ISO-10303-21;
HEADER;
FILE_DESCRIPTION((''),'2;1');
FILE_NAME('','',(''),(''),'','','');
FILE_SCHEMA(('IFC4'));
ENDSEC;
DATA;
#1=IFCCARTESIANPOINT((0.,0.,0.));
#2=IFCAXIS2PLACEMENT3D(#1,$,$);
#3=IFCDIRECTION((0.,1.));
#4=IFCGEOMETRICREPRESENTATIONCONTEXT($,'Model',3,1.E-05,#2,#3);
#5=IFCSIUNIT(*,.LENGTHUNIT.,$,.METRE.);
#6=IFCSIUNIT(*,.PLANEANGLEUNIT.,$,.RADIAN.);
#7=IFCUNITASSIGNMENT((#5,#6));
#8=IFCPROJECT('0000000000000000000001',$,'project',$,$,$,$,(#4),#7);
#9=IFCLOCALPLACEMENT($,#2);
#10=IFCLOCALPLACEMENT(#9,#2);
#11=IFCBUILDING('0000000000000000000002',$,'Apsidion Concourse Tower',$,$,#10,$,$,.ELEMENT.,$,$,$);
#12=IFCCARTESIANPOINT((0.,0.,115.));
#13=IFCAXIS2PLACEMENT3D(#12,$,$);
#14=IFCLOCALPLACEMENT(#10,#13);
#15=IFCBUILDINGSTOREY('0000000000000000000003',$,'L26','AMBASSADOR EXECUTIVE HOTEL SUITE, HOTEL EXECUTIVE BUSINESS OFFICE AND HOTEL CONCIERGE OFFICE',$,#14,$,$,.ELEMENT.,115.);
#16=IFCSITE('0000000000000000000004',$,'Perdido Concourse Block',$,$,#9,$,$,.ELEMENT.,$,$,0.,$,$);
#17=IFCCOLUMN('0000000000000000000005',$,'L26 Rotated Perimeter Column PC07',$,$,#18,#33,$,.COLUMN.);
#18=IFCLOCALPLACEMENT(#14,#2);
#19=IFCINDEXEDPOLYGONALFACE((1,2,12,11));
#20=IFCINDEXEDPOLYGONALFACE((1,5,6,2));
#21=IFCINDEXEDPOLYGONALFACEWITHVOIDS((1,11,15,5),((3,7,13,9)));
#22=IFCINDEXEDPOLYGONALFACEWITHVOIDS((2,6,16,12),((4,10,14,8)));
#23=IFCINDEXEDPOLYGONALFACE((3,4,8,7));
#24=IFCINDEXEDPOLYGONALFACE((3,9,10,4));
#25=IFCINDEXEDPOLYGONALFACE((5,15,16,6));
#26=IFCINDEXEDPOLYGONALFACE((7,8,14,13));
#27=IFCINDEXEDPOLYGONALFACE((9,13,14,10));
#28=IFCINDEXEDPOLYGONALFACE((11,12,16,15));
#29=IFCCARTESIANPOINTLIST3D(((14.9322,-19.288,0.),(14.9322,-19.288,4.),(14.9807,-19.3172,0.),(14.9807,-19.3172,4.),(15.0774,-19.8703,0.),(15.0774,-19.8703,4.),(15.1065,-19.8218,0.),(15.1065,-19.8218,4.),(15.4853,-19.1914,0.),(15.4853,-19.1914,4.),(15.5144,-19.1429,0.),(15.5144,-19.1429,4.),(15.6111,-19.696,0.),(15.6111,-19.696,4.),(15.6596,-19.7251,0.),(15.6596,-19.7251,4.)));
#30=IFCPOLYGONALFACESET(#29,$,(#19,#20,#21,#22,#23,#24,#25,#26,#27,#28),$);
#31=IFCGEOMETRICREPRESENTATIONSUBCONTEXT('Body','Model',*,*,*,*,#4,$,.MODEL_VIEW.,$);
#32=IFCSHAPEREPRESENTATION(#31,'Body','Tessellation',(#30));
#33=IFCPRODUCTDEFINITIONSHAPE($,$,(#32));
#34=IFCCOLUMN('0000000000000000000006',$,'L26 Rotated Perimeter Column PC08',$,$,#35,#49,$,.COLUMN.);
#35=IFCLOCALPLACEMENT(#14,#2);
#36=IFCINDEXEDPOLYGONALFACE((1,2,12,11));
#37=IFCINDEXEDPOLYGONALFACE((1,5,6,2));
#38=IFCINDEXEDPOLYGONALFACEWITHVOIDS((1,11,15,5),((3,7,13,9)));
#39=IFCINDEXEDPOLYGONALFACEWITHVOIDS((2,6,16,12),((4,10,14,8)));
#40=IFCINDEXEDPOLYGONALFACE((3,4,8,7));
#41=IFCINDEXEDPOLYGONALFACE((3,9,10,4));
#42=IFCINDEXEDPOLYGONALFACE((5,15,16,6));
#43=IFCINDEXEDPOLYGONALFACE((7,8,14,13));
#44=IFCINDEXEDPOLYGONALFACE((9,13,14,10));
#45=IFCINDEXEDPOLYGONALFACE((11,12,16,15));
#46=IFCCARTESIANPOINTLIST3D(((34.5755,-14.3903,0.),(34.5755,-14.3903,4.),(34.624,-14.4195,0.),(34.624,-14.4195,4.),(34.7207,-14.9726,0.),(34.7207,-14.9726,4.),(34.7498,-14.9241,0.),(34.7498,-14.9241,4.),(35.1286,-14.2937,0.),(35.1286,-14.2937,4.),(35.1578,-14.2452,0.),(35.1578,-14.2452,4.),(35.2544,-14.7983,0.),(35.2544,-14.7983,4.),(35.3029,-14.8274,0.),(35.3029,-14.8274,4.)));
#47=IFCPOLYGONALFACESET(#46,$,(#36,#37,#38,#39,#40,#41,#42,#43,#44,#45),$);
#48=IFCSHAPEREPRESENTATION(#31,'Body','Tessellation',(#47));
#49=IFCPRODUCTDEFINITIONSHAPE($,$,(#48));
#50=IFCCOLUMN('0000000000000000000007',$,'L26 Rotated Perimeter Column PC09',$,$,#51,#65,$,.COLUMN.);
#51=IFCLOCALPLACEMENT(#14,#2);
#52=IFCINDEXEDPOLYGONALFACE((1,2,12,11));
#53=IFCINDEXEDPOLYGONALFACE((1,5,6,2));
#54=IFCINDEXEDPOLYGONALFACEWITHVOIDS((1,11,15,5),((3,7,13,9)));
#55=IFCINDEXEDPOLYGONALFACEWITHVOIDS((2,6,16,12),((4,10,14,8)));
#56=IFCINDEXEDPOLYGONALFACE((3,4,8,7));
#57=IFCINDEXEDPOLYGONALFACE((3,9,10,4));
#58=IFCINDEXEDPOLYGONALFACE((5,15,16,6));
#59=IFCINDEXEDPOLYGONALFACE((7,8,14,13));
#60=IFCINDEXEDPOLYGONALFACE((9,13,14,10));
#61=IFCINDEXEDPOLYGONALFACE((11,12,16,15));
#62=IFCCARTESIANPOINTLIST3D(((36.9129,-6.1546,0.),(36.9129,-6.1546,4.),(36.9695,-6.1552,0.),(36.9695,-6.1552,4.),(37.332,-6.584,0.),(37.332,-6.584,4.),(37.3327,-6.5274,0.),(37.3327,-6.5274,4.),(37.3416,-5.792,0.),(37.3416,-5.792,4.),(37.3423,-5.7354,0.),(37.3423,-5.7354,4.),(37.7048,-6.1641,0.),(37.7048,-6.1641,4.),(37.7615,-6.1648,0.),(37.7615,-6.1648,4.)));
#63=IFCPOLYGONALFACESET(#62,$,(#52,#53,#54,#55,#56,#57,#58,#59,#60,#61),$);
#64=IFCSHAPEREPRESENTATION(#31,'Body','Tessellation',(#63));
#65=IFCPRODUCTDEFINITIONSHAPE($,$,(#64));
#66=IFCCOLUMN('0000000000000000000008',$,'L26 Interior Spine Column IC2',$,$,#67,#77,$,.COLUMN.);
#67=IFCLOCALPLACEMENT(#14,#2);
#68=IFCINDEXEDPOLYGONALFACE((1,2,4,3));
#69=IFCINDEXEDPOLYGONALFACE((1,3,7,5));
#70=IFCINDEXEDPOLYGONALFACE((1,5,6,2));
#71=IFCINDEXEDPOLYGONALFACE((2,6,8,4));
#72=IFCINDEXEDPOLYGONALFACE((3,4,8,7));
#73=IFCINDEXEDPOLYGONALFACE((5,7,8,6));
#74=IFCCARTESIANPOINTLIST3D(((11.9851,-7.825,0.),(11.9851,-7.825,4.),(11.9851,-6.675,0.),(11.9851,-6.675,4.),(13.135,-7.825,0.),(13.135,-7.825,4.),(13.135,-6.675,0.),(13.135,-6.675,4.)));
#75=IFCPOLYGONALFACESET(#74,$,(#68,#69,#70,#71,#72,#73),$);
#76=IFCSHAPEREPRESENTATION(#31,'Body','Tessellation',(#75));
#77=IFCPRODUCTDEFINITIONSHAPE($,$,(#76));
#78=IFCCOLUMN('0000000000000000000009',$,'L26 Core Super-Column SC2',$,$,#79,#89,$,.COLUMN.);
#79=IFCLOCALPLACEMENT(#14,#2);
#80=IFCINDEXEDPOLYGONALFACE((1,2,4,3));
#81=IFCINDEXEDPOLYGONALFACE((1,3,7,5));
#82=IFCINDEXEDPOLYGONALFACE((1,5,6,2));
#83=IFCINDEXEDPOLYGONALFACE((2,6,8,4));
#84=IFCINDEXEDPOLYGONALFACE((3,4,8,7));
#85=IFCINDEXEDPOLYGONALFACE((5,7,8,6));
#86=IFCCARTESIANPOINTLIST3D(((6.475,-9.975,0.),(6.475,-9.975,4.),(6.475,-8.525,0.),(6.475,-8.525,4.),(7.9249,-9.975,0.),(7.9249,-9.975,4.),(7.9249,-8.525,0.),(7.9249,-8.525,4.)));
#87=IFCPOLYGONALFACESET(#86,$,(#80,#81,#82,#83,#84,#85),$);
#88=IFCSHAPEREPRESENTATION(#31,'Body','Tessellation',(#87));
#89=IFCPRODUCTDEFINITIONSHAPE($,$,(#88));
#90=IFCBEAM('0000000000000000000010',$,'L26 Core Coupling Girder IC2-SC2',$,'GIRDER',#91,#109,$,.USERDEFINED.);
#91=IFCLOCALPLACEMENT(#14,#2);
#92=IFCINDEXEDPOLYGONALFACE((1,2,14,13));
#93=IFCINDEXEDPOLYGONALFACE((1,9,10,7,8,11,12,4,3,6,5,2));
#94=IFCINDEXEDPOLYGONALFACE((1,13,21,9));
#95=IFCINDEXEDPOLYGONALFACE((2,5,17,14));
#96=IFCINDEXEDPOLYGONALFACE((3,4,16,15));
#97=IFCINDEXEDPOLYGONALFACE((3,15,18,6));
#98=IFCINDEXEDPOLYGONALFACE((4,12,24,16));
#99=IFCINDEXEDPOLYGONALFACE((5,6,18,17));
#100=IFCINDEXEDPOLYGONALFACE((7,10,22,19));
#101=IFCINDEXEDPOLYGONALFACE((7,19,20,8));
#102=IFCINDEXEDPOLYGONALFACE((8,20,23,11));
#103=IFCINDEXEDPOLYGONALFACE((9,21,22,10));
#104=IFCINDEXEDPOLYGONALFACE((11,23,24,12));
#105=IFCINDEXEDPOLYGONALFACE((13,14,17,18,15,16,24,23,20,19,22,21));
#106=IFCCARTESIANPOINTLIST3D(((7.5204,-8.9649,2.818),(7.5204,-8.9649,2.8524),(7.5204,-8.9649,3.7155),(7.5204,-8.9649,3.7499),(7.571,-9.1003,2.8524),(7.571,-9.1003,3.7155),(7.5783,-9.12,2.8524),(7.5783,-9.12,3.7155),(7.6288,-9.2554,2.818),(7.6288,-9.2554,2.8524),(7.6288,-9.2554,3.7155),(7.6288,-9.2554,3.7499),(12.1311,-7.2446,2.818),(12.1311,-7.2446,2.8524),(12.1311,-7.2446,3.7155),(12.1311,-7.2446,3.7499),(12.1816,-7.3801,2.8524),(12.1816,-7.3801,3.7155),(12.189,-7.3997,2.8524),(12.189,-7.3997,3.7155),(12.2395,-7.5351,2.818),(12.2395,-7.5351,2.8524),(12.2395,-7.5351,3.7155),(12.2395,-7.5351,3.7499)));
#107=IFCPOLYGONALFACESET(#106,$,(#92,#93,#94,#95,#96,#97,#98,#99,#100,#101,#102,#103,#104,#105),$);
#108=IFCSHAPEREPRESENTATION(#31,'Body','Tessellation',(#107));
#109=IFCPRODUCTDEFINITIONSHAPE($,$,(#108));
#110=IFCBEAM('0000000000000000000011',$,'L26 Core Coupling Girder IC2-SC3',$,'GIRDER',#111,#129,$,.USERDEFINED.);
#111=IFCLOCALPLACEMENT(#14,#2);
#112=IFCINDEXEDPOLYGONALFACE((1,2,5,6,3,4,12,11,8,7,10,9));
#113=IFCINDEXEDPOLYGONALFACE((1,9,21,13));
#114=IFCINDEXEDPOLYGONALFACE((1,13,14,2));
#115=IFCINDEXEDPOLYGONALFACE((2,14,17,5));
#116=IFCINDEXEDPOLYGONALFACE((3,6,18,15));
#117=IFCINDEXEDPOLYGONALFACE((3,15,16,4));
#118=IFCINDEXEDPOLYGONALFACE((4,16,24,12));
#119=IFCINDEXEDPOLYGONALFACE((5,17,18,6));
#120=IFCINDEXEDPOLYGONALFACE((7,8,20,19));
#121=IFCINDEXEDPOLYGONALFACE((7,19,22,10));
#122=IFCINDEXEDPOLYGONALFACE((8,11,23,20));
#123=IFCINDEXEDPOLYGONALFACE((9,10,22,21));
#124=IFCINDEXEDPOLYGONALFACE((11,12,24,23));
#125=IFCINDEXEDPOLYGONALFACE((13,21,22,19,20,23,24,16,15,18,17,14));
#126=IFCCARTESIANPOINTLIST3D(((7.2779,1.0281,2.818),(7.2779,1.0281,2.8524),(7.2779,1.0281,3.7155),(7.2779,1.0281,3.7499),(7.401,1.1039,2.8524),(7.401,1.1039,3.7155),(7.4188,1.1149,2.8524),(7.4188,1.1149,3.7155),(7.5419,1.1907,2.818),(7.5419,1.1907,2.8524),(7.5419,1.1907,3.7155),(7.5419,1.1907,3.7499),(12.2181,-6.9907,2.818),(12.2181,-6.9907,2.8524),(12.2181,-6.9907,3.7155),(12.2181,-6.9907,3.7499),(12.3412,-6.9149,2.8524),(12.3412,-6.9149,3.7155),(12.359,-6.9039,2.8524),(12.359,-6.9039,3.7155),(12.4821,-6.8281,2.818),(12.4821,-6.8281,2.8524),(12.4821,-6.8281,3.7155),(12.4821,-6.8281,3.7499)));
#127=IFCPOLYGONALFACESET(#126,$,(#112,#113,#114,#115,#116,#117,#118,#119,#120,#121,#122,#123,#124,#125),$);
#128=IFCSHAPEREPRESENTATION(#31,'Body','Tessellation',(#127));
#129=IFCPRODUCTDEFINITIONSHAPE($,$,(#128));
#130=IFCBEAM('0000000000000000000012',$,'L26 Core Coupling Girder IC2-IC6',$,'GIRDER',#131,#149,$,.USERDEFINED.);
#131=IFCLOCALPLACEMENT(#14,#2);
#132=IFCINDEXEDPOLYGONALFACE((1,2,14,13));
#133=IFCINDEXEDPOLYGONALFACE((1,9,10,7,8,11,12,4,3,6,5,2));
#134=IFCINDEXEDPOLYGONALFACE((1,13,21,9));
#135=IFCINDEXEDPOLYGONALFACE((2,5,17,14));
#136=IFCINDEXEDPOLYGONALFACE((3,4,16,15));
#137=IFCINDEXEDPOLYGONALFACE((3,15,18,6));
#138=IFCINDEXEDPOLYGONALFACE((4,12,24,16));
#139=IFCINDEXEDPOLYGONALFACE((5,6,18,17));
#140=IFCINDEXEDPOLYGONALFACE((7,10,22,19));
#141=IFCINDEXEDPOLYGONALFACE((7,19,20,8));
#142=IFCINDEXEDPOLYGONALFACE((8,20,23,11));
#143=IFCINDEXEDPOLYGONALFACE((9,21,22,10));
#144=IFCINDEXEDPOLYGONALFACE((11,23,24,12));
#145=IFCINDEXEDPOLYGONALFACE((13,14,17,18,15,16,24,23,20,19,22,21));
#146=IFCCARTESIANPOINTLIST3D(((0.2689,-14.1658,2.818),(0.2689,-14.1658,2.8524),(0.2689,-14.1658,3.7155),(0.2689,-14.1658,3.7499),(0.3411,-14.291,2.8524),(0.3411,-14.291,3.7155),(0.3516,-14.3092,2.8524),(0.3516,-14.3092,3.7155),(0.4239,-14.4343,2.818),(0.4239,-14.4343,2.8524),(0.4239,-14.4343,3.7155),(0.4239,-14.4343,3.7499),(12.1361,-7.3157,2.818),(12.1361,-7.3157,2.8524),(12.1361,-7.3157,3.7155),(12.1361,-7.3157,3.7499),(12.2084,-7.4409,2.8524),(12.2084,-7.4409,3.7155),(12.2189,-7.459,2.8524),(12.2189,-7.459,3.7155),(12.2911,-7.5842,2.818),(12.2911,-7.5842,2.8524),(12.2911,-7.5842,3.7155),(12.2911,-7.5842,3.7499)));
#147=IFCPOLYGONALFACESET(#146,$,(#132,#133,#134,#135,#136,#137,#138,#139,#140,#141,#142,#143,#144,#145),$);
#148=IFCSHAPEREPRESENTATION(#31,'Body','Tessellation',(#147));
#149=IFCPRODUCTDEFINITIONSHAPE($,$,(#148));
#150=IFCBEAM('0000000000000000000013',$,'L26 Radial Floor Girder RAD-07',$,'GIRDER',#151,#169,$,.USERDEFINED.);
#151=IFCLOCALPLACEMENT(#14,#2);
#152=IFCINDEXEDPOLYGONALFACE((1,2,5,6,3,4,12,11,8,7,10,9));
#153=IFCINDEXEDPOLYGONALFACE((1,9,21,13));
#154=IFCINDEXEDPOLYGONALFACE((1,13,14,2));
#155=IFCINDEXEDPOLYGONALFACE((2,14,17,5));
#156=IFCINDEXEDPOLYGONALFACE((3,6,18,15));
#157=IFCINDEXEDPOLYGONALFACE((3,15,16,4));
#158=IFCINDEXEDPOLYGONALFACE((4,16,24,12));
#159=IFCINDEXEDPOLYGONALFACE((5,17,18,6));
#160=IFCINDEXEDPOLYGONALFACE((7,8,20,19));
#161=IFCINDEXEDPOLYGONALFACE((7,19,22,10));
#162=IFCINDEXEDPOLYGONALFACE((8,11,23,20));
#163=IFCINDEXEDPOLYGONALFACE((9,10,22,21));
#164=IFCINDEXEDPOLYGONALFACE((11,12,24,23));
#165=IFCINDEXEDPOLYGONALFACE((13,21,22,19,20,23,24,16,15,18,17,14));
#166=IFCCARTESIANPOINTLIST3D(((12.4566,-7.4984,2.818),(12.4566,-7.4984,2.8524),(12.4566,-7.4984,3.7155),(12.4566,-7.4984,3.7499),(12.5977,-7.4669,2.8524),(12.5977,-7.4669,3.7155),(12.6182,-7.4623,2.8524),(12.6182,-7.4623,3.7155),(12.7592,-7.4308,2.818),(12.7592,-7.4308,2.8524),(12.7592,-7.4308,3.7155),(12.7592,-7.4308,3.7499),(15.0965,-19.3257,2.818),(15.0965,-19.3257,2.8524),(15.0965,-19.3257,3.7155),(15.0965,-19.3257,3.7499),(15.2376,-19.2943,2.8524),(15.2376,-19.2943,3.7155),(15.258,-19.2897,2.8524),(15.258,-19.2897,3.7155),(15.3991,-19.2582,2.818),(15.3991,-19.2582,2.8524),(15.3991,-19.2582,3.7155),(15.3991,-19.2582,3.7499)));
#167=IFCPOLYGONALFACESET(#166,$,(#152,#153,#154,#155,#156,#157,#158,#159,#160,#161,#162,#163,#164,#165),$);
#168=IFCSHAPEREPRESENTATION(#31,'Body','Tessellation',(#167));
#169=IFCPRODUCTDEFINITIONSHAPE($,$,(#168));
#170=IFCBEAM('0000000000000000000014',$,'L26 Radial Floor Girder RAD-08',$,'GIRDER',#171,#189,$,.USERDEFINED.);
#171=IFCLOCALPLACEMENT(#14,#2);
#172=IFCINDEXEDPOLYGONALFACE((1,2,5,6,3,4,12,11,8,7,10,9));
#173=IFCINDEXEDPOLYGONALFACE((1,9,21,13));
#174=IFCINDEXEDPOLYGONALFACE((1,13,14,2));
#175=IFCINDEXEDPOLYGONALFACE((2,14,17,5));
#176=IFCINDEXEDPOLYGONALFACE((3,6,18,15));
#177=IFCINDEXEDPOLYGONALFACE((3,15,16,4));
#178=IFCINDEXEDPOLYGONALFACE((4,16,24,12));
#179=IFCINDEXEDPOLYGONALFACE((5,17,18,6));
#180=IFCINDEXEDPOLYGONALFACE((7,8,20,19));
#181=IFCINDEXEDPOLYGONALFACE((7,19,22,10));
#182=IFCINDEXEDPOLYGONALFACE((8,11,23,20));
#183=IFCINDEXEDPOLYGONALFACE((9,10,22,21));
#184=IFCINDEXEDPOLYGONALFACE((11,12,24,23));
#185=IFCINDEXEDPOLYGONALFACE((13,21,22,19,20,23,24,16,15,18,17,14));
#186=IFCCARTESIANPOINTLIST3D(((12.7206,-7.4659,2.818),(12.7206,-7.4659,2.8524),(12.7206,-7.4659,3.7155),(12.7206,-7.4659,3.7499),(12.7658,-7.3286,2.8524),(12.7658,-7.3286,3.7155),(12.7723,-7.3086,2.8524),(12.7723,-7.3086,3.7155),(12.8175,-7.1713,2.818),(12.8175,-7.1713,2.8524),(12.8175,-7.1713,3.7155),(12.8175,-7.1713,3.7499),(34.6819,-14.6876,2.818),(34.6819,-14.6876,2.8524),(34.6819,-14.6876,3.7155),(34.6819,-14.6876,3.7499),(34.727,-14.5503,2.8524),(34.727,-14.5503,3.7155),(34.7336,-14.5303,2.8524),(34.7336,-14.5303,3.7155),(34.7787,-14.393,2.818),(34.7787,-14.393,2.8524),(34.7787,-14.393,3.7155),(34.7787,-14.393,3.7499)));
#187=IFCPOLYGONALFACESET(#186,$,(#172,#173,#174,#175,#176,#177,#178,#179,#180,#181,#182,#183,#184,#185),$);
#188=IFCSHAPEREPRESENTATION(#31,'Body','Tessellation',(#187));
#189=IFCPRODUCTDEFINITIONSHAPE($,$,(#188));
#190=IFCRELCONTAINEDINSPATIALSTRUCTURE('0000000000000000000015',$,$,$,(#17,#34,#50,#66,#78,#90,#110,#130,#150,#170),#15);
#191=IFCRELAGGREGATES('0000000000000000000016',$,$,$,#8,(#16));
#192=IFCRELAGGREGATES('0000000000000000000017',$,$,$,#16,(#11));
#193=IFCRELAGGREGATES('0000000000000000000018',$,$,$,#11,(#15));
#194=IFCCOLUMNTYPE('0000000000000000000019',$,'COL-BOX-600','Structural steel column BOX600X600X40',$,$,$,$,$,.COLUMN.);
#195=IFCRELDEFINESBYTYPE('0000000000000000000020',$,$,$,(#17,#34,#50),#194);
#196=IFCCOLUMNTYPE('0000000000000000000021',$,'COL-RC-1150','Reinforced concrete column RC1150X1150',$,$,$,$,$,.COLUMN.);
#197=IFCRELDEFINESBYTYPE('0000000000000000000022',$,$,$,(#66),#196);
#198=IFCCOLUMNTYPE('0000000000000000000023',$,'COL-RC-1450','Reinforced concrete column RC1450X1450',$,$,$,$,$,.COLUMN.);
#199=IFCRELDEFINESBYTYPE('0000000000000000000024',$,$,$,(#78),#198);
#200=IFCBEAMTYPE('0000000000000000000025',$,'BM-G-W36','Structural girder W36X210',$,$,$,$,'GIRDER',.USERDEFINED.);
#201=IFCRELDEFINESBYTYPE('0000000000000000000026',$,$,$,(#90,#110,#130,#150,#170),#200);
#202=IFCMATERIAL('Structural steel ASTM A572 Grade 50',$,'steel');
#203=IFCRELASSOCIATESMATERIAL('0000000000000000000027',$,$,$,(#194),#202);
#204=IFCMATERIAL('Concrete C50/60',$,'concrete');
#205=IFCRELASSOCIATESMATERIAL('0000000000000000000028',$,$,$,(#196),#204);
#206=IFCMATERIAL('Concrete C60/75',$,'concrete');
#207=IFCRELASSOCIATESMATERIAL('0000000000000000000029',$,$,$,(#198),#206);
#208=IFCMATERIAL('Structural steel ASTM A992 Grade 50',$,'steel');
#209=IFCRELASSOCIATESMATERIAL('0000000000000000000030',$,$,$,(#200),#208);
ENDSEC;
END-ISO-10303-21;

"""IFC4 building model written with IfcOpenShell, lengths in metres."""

from ifc_helpers import new_model, si_unit, direction, frame, origin, origin_2d, place, context, subcontext, project, spatial, rectangle, hollow_rectangle, i_section, extrude, material, material_profile, profile_set, type_object, element, save


model = new_model("IFC4")

# Units and contexts
model_context = context("Model", 3, precision=1e-05, world=origin(), true_north=direction((0.0, 1.0)))
body_context = subcontext(model_context, "Body", "Model", "MODEL_VIEW")
ifc_project = project(units=[si_unit("LENGTHUNIT", "METRE"), si_unit("PLANEANGLEUNIT", "RADIAN")], contexts=[model_context])

# Site, building, storey
site_placement = place(None, origin())
site = spatial("IfcSite", under=ifc_project, at=site_placement, Name="Perdido Concourse Block", CompositionType="ELEMENT", RefElevation=0.0)
building_placement = place(site_placement, origin())
building = spatial("IfcBuilding", under=site, at=building_placement, Name="Apsidion Concourse Tower", CompositionType="ELEMENT")
storey_placement = place(building_placement, frame((0.0, 0.0, 115.0)))
storey = spatial("IfcBuildingStorey", under=building, at=storey_placement, Name="L26", Description="AMBASSADOR EXECUTIVE HOTEL SUITE, HOTEL EXECUTIVE BUSINESS OFFICE AND HOTEL CONCIERGE OFFICE", CompositionType="ELEMENT", Elevation=115.0)

# Columns
ifc_material_1 = material(Name="Structural steel ASTM A572 Grade 50", Category="steel")
ifc_material_profile_1 = material_profile(ifc_material_1, hollow_rectangle(XDim=0.6001, YDim=0.6001, WallThickness=0.04, at=origin_2d()), Name="BOX600X600X40")
ifc_profile_set_1 = profile_set([ifc_material_profile_1], Name="Structural steel ASTM A572 Grade 50")
column_type_1 = type_object("IfcColumnType", Name="COL-BOX-600", Description="Structural steel column BOX600X600X40", PredefinedType="COLUMN", material=ifc_profile_set_1)
for number, where, z_axis, x_axis, name in (
    (1, (15.2959, -19.5066, 0.0), (0.0, 0.0, 1.0), (0.970296, 0.241922, 0.0), "L26 Rotated Perimeter Column PC07"),
    (2, (34.9392, -14.6089, 0.0), (0.0, 0.0, 1.0), (0.970296, 0.241922, 0.0), "L26 Rotated Perimeter Column PC08"),
    (3, (37.3372, -6.1597, 0.0), (0.0, 0.0, 1.0), (-0.69854, 0.715571, 0.0), "L26 Rotated Perimeter Column PC09"),
):
    element("IfcColumn", number, at=place(storey_placement, frame(where, z_axis=z_axis, x_axis=x_axis)), inside=storey, type_object=column_type_1, Name=name, PredefinedType="COLUMN", context=body_context, shape_type="SweptSolid", body=[
        extrude(hollow_rectangle(XDim=0.6001, YDim=0.6001, WallThickness=0.04, at=origin_2d()), origin(), (0.0, 0.0, 1.0), 4.0),
    ])
ifc_material_2 = material(Name="Concrete C50/60", Category="concrete")
ifc_material_profile_2 = material_profile(ifc_material_2, rectangle(XDim=1.1499, YDim=1.1499, at=origin_2d()), Name="RC 1150x1150")
ifc_profile_set_2 = profile_set([ifc_material_profile_2], Name="Concrete C50/60")
column_type_2 = type_object("IfcColumnType", Name="COL-RC-1150", Description="Reinforced concrete column RC1150X1150", PredefinedType="COLUMN", material=ifc_profile_set_2)
column_1_placement = place(storey_placement, frame((12.5601, -7.25, 0.0), z_axis=(0.0, 0.0, 1.0), x_axis=(1.0, 0.0, 0.0)))
element("IfcColumn", 4, at=column_1_placement, inside=storey, type_object=column_type_2, Name="L26 Interior Spine Column IC2", PredefinedType="COLUMN", context=body_context, shape_type="SweptSolid", body=[
    extrude(rectangle(XDim=1.1499, YDim=1.1499, at=origin_2d()), origin(), (0.0, 0.0, 1.0), 4.0),
])
ifc_material_3 = material(Name="Concrete C60/75", Category="concrete")
ifc_material_profile_3 = material_profile(ifc_material_3, rectangle(XDim=1.45, YDim=1.45, at=origin_2d()), Name="RC 1450x1450")
ifc_profile_set_3 = profile_set([ifc_material_profile_3], Name="Concrete C60/75")
column_type_3 = type_object("IfcColumnType", Name="COL-RC-1450", Description="Reinforced concrete column RC1450X1450", PredefinedType="COLUMN", material=ifc_profile_set_3)
column_2_placement = place(storey_placement, frame((7.2, -9.25, 0.0), z_axis=(0.0, 0.0, 1.0), x_axis=(1.0, 0.0, 0.0)))
element("IfcColumn", 5, at=column_2_placement, inside=storey, type_object=column_type_3, Name="L26 Core Super-Column SC2", PredefinedType="COLUMN", context=body_context, shape_type="SweptSolid", body=[
    extrude(rectangle(XDim=1.45, YDim=1.45, at=origin_2d()), origin(), (0.0, 0.0, 1.0), 4.0),
])

# Beams
ifc_material_4 = material(Name="Structural steel ASTM A992 Grade 50", Category="steel")
ifc_material_profile_4 = material_profile(ifc_material_4, i_section(OverallWidth=0.3101, OverallDepth=0.9319, WebThickness=0.021, FlangeThickness=0.0344, at=origin_2d()), Name="W36X210")
ifc_profile_set_4 = profile_set([ifc_material_profile_4], Name="Structural steel ASTM A992 Grade 50")
beam_type_1 = type_object("IfcBeamType", Name="BM-G-W36", Description="Structural girder W36X210", ElementType="GIRDER", PredefinedType="USERDEFINED", material=ifc_profile_set_4)
beam_1_placement = place(storey_placement, frame((12.1853, -7.3899, 3.2839), z_axis=(-0.936913, -0.349563, 0.0), x_axis=(0.349563, -0.936913, 0.0)))
element("IfcBeam", 6, at=beam_1_placement, inside=storey, type_object=beam_type_1, Name="L26 Core Coupling Girder IC2-SC2", ObjectType="GIRDER", PredefinedType="USERDEFINED", context=body_context, shape_type="SweptSolid", body=[
    extrude(i_section(OverallWidth=0.3101, OverallDepth=0.9319, WebThickness=0.021, FlangeThickness=0.0344, at=origin_2d()), origin(), (0.0, 0.0, 1.0), 4.9211),
])
beam_2_placement = place(storey_placement, frame((12.3501, -6.9094, 3.2839), z_axis=(-0.524524, 0.851396, 0.0), x_axis=(-0.851396, -0.524524, 0.0)))
element("IfcBeam", 7, at=beam_2_placement, inside=storey, type_object=beam_type_1, Name="L26 Core Coupling Girder IC2-SC3", ObjectType="GIRDER", PredefinedType="USERDEFINED", context=body_context, shape_type="SweptSolid", body=[
    extrude(i_section(OverallWidth=0.3101, OverallDepth=0.9319, WebThickness=0.021, FlangeThickness=0.0344, at=origin_2d()), origin(), (0.0, 0.0, 1.0), 9.4185),
])
beam_3_placement = place(storey_placement, frame((12.2136, -7.45, 3.2839), z_axis=(-0.86607, -0.499922, 0.0), x_axis=(0.499922, -0.86607, 0.0)))
element("IfcBeam", 8, at=beam_3_placement, inside=storey, type_object=beam_type_1, Name="L26 Core Coupling Girder IC2-IC6", ObjectType="GIRDER", PredefinedType="USERDEFINED", context=body_context, shape_type="SweptSolid", body=[
    extrude(i_section(OverallWidth=0.3101, OverallDepth=0.9319, WebThickness=0.021, FlangeThickness=0.0344, at=origin_2d()), origin(), (0.0, 0.0, 1.0), 13.7024),
])
beam_4_placement = place(storey_placement, frame((12.6079, -7.4646, 3.2839), z_axis=(0.217841, -0.975984, 0.0), x_axis=(0.975984, 0.217841, 0.0)))
element("IfcBeam", 9, at=beam_4_placement, inside=storey, type_object=beam_type_1, Name="L26 Radial Floor Girder RAD-07", ObjectType="GIRDER", PredefinedType="USERDEFINED", context=body_context, shape_type="SweptSolid", body=[
    extrude(i_section(OverallWidth=0.3101, OverallDepth=0.9319, WebThickness=0.021, FlangeThickness=0.0344, at=origin_2d()), origin(), (0.0, 0.0, 1.0), 12.1184),
])
beam_5_placement = place(storey_placement, frame((12.769, -7.3186, 3.2839), z_axis=(0.949957, -0.312382, 0.0), x_axis=(0.312382, 0.949957, 0.0)))
element("IfcBeam", 10, at=beam_5_placement, inside=storey, type_object=beam_type_1, Name="L26 Radial Floor Girder RAD-08", ObjectType="GIRDER", PredefinedType="USERDEFINED", context=body_context, shape_type="SweptSolid", body=[
    extrude(i_section(OverallWidth=0.3101, OverallDepth=0.9319, WebThickness=0.021, FlangeThickness=0.0344, at=origin_2d()), origin(), (0.0, 0.0, 1.0), 23.1182),
])

save(model, "model.ifc")
